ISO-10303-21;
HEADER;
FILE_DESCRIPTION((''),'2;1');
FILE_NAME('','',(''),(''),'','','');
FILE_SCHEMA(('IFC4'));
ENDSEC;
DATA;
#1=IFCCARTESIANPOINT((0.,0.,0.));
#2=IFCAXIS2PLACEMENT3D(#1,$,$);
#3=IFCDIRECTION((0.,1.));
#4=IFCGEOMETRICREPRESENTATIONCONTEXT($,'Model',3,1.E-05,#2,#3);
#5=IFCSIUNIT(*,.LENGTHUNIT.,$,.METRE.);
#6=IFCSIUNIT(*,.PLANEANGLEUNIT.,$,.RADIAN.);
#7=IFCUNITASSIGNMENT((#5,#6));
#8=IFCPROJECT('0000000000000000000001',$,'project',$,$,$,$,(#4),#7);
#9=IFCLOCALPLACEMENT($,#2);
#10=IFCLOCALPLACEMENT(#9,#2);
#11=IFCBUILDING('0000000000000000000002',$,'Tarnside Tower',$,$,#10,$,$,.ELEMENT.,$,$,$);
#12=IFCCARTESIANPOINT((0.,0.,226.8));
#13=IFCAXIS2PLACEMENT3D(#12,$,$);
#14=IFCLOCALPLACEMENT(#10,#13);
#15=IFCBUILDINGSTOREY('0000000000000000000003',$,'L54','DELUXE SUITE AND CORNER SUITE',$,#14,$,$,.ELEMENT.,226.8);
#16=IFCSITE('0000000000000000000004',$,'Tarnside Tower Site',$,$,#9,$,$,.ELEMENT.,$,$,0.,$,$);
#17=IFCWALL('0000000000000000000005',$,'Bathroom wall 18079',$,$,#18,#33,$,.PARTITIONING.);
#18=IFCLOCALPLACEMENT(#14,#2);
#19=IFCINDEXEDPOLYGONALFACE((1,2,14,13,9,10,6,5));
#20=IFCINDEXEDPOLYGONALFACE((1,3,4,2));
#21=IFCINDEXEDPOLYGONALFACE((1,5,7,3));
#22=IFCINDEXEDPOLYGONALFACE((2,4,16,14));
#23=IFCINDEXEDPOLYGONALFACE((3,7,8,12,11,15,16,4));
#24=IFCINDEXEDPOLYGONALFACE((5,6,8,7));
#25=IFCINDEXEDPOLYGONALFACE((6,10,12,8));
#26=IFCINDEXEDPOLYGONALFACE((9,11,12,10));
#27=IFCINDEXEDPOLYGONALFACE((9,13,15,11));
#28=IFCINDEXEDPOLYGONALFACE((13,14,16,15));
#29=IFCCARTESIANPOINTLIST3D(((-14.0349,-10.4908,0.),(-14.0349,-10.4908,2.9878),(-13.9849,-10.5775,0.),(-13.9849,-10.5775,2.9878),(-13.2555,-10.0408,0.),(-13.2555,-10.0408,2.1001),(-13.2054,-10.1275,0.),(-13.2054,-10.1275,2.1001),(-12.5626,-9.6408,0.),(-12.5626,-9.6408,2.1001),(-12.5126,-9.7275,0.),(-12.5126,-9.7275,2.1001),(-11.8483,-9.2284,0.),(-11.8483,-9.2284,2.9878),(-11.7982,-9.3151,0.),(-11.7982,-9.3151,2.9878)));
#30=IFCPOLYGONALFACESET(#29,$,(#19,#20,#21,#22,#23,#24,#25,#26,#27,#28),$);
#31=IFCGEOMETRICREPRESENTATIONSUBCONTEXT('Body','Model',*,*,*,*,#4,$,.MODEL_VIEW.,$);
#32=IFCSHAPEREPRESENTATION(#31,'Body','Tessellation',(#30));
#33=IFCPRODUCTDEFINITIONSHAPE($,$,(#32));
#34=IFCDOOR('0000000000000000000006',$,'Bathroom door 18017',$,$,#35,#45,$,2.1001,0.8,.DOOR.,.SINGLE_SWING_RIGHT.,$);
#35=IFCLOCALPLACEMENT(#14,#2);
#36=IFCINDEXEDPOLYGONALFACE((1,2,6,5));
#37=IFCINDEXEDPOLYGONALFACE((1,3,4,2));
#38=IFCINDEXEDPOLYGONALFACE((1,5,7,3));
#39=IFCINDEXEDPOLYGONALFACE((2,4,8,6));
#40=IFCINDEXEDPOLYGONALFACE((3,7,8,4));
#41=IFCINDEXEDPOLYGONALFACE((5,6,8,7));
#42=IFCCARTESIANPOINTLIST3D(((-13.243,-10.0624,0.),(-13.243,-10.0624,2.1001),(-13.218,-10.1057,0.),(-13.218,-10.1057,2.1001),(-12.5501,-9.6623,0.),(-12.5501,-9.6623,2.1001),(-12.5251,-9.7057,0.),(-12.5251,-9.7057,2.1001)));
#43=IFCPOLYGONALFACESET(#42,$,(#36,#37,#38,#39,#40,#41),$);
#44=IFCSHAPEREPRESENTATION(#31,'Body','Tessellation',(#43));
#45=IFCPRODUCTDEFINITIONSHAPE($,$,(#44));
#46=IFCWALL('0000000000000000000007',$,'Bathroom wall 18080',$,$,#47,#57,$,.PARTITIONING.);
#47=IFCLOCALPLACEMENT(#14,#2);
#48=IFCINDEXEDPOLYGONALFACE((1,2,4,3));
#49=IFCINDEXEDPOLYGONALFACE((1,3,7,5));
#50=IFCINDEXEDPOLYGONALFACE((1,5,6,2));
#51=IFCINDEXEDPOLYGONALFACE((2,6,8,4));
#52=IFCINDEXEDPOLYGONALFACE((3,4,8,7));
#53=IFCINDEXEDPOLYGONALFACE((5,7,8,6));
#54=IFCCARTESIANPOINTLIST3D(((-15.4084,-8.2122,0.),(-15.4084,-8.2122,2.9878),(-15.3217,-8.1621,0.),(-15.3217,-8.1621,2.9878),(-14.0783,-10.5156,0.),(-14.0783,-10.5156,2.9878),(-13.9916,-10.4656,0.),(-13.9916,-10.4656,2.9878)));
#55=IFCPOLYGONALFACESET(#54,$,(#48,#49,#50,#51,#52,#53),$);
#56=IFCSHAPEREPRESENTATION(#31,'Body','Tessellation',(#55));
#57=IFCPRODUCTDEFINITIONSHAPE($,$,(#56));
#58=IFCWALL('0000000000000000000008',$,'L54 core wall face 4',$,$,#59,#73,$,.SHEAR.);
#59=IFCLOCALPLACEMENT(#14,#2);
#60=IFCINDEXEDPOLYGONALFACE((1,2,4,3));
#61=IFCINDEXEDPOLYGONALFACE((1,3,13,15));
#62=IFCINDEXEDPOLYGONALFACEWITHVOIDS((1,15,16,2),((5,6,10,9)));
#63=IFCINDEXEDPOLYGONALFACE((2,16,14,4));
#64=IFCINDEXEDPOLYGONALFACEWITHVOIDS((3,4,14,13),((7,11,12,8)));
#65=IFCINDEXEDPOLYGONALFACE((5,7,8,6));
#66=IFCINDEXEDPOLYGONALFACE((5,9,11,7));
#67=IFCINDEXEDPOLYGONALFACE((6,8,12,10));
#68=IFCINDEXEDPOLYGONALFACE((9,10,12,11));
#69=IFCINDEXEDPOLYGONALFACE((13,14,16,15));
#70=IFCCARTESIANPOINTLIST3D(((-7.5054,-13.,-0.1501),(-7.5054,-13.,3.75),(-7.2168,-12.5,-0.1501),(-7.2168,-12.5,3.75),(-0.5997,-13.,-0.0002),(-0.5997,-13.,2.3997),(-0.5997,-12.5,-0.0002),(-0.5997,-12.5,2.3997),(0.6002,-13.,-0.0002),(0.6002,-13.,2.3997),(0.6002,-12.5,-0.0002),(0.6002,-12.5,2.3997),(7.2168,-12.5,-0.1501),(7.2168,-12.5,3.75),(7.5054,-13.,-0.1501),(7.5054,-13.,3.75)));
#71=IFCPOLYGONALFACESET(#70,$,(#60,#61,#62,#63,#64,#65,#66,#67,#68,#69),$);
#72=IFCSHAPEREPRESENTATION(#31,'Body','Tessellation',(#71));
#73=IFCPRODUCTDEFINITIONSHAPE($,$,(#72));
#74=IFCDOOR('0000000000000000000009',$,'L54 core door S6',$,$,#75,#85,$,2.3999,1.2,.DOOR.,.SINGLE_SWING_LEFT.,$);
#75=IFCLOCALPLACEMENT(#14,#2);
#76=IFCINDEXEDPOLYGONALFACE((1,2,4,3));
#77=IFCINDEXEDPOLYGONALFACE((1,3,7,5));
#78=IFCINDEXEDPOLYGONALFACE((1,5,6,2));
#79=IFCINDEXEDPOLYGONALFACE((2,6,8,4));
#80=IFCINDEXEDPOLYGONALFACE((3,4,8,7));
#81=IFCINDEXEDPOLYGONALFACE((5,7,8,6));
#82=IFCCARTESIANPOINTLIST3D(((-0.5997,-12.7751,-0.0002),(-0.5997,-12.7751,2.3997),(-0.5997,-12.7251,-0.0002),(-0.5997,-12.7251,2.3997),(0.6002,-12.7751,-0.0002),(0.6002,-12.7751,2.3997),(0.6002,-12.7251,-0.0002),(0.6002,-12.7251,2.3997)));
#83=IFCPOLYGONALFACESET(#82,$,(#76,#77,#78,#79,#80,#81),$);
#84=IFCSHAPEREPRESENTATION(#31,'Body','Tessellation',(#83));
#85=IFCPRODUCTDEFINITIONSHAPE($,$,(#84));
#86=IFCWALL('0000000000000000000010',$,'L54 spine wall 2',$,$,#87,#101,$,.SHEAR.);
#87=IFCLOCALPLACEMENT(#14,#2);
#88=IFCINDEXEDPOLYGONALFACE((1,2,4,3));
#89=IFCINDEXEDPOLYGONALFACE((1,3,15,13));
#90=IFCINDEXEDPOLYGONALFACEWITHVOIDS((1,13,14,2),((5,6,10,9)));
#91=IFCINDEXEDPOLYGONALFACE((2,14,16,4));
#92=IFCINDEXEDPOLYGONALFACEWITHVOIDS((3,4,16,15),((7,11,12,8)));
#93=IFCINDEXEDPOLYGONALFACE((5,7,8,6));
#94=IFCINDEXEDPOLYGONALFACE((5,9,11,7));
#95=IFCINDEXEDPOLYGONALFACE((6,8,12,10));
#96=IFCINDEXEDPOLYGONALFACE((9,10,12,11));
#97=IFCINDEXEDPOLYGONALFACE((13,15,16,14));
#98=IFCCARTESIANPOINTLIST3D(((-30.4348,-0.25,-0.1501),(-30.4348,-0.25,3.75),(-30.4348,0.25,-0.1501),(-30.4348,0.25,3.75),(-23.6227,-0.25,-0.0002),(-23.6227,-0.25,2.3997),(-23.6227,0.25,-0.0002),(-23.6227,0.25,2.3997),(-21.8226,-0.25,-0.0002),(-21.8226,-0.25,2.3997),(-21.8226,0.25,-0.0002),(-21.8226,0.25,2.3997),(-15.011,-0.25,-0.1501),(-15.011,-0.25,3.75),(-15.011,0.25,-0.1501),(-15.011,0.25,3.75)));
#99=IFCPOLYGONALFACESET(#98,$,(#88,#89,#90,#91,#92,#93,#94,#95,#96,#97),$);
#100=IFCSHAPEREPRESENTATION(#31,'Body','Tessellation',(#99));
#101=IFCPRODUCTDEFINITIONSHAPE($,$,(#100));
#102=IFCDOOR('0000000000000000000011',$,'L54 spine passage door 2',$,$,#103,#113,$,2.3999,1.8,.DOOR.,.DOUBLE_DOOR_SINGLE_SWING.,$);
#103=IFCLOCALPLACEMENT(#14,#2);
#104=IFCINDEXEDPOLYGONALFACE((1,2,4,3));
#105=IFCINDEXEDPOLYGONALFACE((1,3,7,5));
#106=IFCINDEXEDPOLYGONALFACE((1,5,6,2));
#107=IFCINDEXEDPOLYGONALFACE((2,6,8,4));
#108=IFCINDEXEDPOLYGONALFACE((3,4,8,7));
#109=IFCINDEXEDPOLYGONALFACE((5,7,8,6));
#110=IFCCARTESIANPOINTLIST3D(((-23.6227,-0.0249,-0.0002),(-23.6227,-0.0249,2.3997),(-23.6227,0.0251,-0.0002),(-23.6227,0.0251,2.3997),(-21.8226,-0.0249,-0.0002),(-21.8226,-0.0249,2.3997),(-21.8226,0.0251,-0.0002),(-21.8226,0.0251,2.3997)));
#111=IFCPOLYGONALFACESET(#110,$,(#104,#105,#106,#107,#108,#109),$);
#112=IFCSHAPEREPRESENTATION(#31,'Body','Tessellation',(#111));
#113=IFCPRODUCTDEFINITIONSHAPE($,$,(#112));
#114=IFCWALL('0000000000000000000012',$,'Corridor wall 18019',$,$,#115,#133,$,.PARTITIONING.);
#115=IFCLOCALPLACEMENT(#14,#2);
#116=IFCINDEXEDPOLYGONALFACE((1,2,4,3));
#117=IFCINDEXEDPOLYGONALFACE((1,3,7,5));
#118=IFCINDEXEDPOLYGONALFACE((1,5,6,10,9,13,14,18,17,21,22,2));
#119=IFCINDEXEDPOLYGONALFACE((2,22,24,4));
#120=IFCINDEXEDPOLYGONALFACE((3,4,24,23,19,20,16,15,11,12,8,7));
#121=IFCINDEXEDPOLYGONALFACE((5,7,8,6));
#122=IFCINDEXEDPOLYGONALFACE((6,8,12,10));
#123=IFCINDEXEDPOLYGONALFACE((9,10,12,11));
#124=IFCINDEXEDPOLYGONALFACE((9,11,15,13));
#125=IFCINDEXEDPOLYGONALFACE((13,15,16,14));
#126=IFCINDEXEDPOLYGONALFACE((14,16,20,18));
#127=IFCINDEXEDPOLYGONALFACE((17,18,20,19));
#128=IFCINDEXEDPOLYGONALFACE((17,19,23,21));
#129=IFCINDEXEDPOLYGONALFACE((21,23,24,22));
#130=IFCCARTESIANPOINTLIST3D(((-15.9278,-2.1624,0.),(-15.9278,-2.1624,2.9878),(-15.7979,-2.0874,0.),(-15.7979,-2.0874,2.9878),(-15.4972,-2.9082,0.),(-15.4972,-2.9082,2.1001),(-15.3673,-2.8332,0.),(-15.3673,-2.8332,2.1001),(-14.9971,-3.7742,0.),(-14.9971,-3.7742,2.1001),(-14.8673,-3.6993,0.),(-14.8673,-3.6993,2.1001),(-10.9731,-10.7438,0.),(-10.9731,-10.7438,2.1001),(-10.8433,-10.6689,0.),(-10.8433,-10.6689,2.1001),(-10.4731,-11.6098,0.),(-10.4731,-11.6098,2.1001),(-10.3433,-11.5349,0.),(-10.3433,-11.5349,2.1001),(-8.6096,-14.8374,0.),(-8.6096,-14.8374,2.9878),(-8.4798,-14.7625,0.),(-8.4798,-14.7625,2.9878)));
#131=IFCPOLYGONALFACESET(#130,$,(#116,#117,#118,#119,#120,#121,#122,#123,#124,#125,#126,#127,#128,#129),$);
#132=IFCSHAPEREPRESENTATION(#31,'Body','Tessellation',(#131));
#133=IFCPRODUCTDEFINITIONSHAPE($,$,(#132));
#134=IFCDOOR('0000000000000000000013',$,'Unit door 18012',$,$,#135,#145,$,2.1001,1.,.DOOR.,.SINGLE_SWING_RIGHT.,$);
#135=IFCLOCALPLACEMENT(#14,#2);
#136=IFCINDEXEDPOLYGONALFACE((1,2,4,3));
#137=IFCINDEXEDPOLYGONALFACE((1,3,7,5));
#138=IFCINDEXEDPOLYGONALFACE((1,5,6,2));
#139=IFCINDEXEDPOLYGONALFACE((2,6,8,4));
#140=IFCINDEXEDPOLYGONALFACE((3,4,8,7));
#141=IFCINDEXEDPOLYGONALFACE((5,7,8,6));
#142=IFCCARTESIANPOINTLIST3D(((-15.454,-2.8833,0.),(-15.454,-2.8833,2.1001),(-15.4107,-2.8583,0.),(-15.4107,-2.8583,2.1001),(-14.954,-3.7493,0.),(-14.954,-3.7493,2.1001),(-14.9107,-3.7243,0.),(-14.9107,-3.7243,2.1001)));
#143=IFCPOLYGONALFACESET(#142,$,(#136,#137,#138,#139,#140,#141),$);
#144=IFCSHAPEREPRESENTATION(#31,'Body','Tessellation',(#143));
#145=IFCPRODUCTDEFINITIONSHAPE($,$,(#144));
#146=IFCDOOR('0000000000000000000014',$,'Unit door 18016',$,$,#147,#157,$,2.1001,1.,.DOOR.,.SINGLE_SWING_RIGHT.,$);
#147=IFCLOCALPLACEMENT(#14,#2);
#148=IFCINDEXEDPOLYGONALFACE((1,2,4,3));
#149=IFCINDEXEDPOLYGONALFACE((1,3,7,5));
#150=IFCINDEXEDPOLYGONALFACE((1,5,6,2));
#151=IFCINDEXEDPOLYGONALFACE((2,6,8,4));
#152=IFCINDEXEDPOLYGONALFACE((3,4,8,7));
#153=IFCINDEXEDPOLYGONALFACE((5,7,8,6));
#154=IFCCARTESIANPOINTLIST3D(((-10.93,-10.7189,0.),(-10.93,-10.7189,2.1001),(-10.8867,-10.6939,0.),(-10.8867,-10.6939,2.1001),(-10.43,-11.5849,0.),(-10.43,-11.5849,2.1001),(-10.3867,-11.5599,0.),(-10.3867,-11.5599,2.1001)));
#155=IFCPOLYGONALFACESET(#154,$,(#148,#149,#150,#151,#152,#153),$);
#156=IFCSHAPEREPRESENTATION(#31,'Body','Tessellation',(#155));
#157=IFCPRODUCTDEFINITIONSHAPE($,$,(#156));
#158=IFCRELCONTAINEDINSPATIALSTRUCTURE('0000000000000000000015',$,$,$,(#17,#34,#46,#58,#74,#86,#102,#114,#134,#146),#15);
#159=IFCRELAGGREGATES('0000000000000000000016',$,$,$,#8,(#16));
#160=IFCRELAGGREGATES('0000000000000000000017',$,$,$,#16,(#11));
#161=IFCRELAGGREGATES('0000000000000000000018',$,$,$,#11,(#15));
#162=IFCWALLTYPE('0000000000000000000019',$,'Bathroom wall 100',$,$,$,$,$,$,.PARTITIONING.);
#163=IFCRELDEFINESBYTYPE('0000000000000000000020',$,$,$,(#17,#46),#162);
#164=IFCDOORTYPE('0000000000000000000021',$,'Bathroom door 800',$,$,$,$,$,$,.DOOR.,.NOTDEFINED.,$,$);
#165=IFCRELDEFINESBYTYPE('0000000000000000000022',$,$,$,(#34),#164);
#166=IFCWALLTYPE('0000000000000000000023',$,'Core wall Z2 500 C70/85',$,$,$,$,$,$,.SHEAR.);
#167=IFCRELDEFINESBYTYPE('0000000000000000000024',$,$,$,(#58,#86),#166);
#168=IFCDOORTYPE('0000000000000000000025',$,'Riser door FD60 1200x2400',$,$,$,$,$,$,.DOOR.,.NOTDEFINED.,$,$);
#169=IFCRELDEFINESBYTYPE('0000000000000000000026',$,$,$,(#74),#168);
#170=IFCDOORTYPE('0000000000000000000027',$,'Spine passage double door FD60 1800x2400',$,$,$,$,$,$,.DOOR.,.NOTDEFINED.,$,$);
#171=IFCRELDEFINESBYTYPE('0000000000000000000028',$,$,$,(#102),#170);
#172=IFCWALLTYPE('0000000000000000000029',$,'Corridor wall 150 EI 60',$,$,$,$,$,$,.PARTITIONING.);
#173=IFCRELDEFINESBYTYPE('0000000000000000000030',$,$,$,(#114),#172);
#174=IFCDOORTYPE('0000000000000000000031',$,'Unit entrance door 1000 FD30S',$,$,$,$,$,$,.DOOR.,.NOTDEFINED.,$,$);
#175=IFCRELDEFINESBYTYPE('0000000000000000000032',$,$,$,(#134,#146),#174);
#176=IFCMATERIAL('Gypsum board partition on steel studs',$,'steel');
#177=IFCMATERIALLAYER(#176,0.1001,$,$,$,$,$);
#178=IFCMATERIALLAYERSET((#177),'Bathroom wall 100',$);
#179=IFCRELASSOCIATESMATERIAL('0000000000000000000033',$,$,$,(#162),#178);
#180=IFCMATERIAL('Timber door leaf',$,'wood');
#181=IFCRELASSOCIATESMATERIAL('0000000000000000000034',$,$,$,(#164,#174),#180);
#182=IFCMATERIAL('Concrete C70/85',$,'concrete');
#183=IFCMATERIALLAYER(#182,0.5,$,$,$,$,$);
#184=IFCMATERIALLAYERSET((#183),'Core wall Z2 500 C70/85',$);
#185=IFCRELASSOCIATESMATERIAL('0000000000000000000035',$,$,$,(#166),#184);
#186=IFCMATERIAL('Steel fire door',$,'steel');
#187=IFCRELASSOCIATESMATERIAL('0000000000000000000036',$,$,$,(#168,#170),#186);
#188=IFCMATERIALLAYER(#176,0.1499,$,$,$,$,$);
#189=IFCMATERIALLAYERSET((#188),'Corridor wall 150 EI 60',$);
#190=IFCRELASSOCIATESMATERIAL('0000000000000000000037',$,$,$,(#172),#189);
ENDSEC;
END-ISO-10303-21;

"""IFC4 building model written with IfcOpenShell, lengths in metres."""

from ifc_helpers import new_model, si_unit, direction, frame, frame_2d, origin, place, context, subcontext, project, spatial, polyline, rectangle, outline, extrude, material, layer, layer_set, type_object, element, fill, save


model = new_model("IFC4")

# Units and contexts
model_context = context("Model", 3, precision=1e-05, world=origin(), true_north=direction((0.0, 1.0)))
body_context = subcontext(model_context, "Body", "Model", "MODEL_VIEW")
ifc_project = project(units=[si_unit("LENGTHUNIT", "METRE"), si_unit("PLANEANGLEUNIT", "RADIAN")], contexts=[model_context])

# Site, building, storey
site_placement = place(None, origin())
site = spatial("IfcSite", under=ifc_project, at=site_placement, Name="Tarnside Tower Site", CompositionType="ELEMENT", RefElevation=0.0)
building_placement = place(site_placement, origin())
building = spatial("IfcBuilding", under=site, at=building_placement, Name="Tarnside Tower", CompositionType="ELEMENT")
storey_placement = place(building_placement, frame((0.0, 0.0, 226.8)))
storey = spatial("IfcBuildingStorey", under=building, at=storey_placement, Name="L54", Description="DELUXE SUITE AND CORNER SUITE", CompositionType="ELEMENT", Elevation=226.8)

# Wall, opening, door
ifc_material_1 = material(Name="Gypsum board partition on steel studs", Category="steel")
ifc_layer_1 = layer(ifc_material_1, 0.1001)
ifc_layer_set_1 = layer_set([ifc_layer_1], Name="Bathroom wall 100")
wall_type_1 = type_object("IfcWallType", Name="Bathroom wall 100", PredefinedType="PARTITIONING", material=ifc_layer_set_1)
wall_1_placement = place(storey_placement, frame((-11.8232, -9.2717, 0.0), z_axis=(0.0, 0.0, 1.0), x_axis=(-0.866039, -0.499976, 0.0)))
wall_1 = element("IfcWall", 1, at=wall_1_placement, inside=storey, type_object=wall_type_1, Name="Bathroom wall 18079", PredefinedType="PARTITIONING", context=body_context, shape_type="SweptSolid", body=[
    extrude(rectangle(XDim=2.5249, YDim=0.1001, at=frame_2d((1.2625, 0.0))), origin(), (0.0, 0.0, 1.0), 2.9878),
])
opening_1_placement = place(wall_1_placement, frame((0.825, 0.0, 0.0)))
opening_1 = element("IfcOpeningElement", 2, at=opening_1_placement, cuts=wall_1, PredefinedType="OPENING", context=body_context, shape_type="SweptSolid", body=[
    extrude(rectangle(XDim=0.8, YDim=2.1001, at=frame_2d((0.3999, 1.05))), frame((0.0, 0.0601, 0.0), z_axis=(0.0, -1.0, 0.0), x_axis=(1.0, 0.0, 0.0)), (0.0, 0.0, 1.0), 0.1201),
])
ifc_material_2 = material(Name="Timber door leaf", Category="wood")
door_type_1 = type_object("IfcDoorType", Name="Bathroom door 800", OperationType="NOTDEFINED", PredefinedType="DOOR", material=ifc_material_2)
door_1_placement = place(opening_1_placement, origin())
door_1 = element("IfcDoor", 3, at=door_1_placement, inside=storey, type_object=door_type_1, Name="Bathroom door 18017", OperationType="SINGLE_SWING_RIGHT", OverallHeight=2.1001, OverallWidth=0.8, PredefinedType="DOOR", context=body_context, shape_type="SweptSolid", body=[
    extrude(rectangle(XDim=0.8, YDim=2.1001, at=frame_2d((0.3999, 1.05))), frame((0.0, 0.0249, 0.0), z_axis=(0.0, -1.0, 0.0), x_axis=(1.0, 0.0, 0.0)), (0.0, 0.0, 1.0), 0.05),
])
fill(opening_1, door_1)

# Wall
wall_2_placement = place(storey_placement, frame((-14.0349, -10.4907, 0.0), z_axis=(0.0, 0.0, 1.0), x_axis=(-0.500048, 0.865998, 0.0)))
element("IfcWall", 4, at=wall_2_placement, inside=storey, type_object=wall_type_1, Name="Bathroom wall 18080", PredefinedType="PARTITIONING", context=body_context, shape_type="SweptSolid", body=[
    extrude(rectangle(XDim=2.6599, YDim=0.1001, at=frame_2d((1.3301, 0.0))), origin(), (0.0, 0.0, 1.0), 2.9878),
])

# Walls, openings, doors
ifc_material_3 = material(Name="Concrete C70/85", Category="concrete")
ifc_layer_2 = layer(ifc_material_3, 0.5)
ifc_layer_set_2 = layer_set([ifc_layer_2], Name="Core wall Z2 500 C70/85")
wall_type_2 = type_object("IfcWallType", Name="Core wall Z2 500 C70/85", PredefinedType="SHEAR", material=ifc_layer_set_2)
wall_3_placement = place(storey_placement, frame((-7.3611, -12.75, -0.1501), z_axis=(0.0, 0.0, 1.0), x_axis=(1.0, 0.0, 0.0)))
wall_3 = element("IfcWall", 5, at=wall_3_placement, inside=storey, type_object=wall_type_2, Name="L54 core wall face 4", PredefinedType="SHEAR", context=body_context, shape_type="SweptSolid", body=[
    extrude(outline(polyline([(-0.1443, -0.25), (14.8665, -0.25), (14.5779, 0.25), (0.1443, 0.25), (-0.1443, -0.25)])), origin(), (0.0, 0.0, 1.0), 3.9001),
])
opening_2_placement = place(wall_3_placement, frame((6.7612, 0.0, 0.1499)))
opening_2 = element("IfcOpeningElement", 6, at=opening_2_placement, cuts=wall_3, PredefinedType="OPENING", context=body_context, shape_type="SweptSolid", body=[
    extrude(rectangle(XDim=1.2, YDim=2.3999, at=frame_2d((0.6001, 1.2))), frame((0.0, 0.26, 0.0), z_axis=(0.0, -1.0, 0.0), x_axis=(1.0, 0.0, 0.0)), (0.0, 0.0, 1.0), 0.52),
])
ifc_material_4 = material(Name="Steel fire door", Category="steel")
door_type_2 = type_object("IfcDoorType", Name="Riser door FD60 1200x2400", OperationType="NOTDEFINED", PredefinedType="DOOR", material=ifc_material_4)
door_2_placement = place(opening_2_placement, origin())
door_2 = element("IfcDoor", 7, at=door_2_placement, inside=storey, type_object=door_type_2, Name="L54 core door S6", OperationType="SINGLE_SWING_LEFT", OverallHeight=2.3999, OverallWidth=1.2, PredefinedType="DOOR", context=body_context, shape_type="SweptSolid", body=[
    extrude(rectangle(XDim=1.2, YDim=2.3999, at=frame_2d((0.6001, 1.2))), frame((0.0, 0.0249, 0.0), z_axis=(0.0, -1.0, 0.0), x_axis=(1.0, 0.0, 0.0)), (0.0, 0.0, 1.0), 0.05),
])
fill(opening_2, door_2)
wall_4_placement = place(storey_placement, frame((-15.011, 0.0, -0.1501), z_axis=(0.0, 0.0, 1.0), x_axis=(-1.0, 0.0, 0.0)))
wall_4 = element("IfcWall", 8, at=wall_4_placement, inside=storey, type_object=wall_type_2, Name="L54 spine wall 2", PredefinedType="SHEAR", context=body_context, shape_type="SweptSolid", body=[
    extrude(rectangle(XDim=15.4238, YDim=0.5, at=frame_2d((7.7119, 0.0))), origin(), (0.0, 0.0, 1.0), 3.9001),
])
opening_3_placement = place(wall_4_placement, frame((6.8118, 0.0, 0.1499)))
opening_3 = element("IfcOpeningElement", 9, at=opening_3_placement, cuts=wall_4, PredefinedType="OPENING", context=body_context, shape_type="SweptSolid", body=[
    extrude(rectangle(XDim=1.8, YDim=2.3999, at=frame_2d((0.8999, 1.2))), frame((0.0, 0.26, 0.0), z_axis=(0.0, -1.0, 0.0), x_axis=(1.0, 0.0, 0.0)), (0.0, 0.0, 1.0), 0.52),
])
door_type_3 = type_object("IfcDoorType", Name="Spine passage double door FD60 1800x2400", OperationType="NOTDEFINED", PredefinedType="DOOR", material=ifc_material_4)
door_3_placement = place(opening_3_placement, origin())
door_3 = element("IfcDoor", 10, at=door_3_placement, inside=storey, type_object=door_type_3, Name="L54 spine passage door 2", OperationType="DOUBLE_DOOR_SINGLE_SWING", OverallHeight=2.3999, OverallWidth=1.8, PredefinedType="DOOR", context=body_context, shape_type="SweptSolid", body=[
    extrude(rectangle(XDim=1.8, YDim=2.3999, at=frame_2d((0.8999, 1.2))), frame((0.0, 0.0249, 0.0), z_axis=(0.0, -1.0, 0.0), x_axis=(1.0, 0.0, 0.0)), (0.0, 0.0, 1.0), 0.05),
])
fill(opening_3, door_3)

# Wall, openings, doors
ifc_layer_3 = layer(ifc_material_1, 0.1499)
ifc_layer_set_3 = layer_set([ifc_layer_3], Name="Corridor wall 150 EI 60")
wall_type_3 = type_object("IfcWallType", Name="Corridor wall 150 EI 60", PredefinedType="PARTITIONING", material=ifc_layer_set_3)
wall_5_placement = place(storey_placement, frame((-15.8628, -2.125, 0.0), z_axis=(0.0, 0.0, 1.0), x_axis=(0.500009, -0.86602, 0.0)))
wall_5 = element("IfcWall", 11, at=wall_5_placement, inside=storey, type_object=wall_type_3, Name="Corridor wall 18019", PredefinedType="PARTITIONING", context=body_context, shape_type="SweptSolid", body=[
    extrude(rectangle(XDim=14.636, YDim=0.1499, at=frame_2d((7.3179, 0.0))), origin(), (0.0, 0.0, 1.0), 2.9878),
])
opening_4_placement = place(wall_5_placement, frame((0.8611, 0.0, 0.0)))
opening_4 = element("IfcOpeningElement", 12, at=opening_4_placement, cuts=wall_5, PredefinedType="OPENING", context=body_context, shape_type="SweptSolid", body=[
    extrude(rectangle(XDim=1.0, YDim=2.1001, at=frame_2d((0.5, 1.05))), frame((0.0, 0.085, 0.0), z_axis=(0.0, -1.0, 0.0), x_axis=(1.0, 0.0, 0.0)), (0.0, 0.0, 1.0), 0.1699),
])
opening_5_placement = place(wall_5_placement, frame((9.9089, 0.0, 0.0)))
opening_5 = element("IfcOpeningElement", 13, at=opening_5_placement, cuts=wall_5, PredefinedType="OPENING", context=body_context, shape_type="SweptSolid", body=[
    extrude(rectangle(XDim=1.0, YDim=2.1001, at=frame_2d((0.5, 1.05))), frame((0.0, 0.085, 0.0), z_axis=(0.0, -1.0, 0.0), x_axis=(1.0, 0.0, 0.0)), (0.0, 0.0, 1.0), 0.1699),
])
door_type_4 = type_object("IfcDoorType", Name="Unit entrance door 1000 FD30S", OperationType="NOTDEFINED", PredefinedType="DOOR", material=ifc_material_2)
door_4_placement = place(opening_4_placement, origin())
door_4 = element("IfcDoor", 14, at=door_4_placement, inside=storey, type_object=door_type_4, Name="Unit door 18012", OperationType="SINGLE_SWING_RIGHT", OverallHeight=2.1001, OverallWidth=1.0, PredefinedType="DOOR", context=body_context, shape_type="SweptSolid", body=[
    extrude(rectangle(XDim=1.0, YDim=2.1001, at=frame_2d((0.5, 1.05))), frame((0.0, 0.0249, 0.0), z_axis=(0.0, -1.0, 0.0), x_axis=(1.0, 0.0, 0.0)), (0.0, 0.0, 1.0), 0.05),
])
fill(opening_4, door_4)
door_5_placement = place(opening_5_placement, origin())
door_5 = element("IfcDoor", 15, at=door_5_placement, inside=storey, type_object=door_type_4, Name="Unit door 18016", OperationType="SINGLE_SWING_RIGHT", OverallHeight=2.1001, OverallWidth=1.0, PredefinedType="DOOR", context=body_context, shape_type="SweptSolid", body=[
    extrude(rectangle(XDim=1.0, YDim=2.1001, at=frame_2d((0.5, 1.05))), frame((0.0, 0.0249, 0.0), z_axis=(0.0, -1.0, 0.0), x_axis=(1.0, 0.0, 0.0)), (0.0, 0.0, 1.0), 0.05),
])
fill(opening_5, door_5)

save(model, "model.ifc")
